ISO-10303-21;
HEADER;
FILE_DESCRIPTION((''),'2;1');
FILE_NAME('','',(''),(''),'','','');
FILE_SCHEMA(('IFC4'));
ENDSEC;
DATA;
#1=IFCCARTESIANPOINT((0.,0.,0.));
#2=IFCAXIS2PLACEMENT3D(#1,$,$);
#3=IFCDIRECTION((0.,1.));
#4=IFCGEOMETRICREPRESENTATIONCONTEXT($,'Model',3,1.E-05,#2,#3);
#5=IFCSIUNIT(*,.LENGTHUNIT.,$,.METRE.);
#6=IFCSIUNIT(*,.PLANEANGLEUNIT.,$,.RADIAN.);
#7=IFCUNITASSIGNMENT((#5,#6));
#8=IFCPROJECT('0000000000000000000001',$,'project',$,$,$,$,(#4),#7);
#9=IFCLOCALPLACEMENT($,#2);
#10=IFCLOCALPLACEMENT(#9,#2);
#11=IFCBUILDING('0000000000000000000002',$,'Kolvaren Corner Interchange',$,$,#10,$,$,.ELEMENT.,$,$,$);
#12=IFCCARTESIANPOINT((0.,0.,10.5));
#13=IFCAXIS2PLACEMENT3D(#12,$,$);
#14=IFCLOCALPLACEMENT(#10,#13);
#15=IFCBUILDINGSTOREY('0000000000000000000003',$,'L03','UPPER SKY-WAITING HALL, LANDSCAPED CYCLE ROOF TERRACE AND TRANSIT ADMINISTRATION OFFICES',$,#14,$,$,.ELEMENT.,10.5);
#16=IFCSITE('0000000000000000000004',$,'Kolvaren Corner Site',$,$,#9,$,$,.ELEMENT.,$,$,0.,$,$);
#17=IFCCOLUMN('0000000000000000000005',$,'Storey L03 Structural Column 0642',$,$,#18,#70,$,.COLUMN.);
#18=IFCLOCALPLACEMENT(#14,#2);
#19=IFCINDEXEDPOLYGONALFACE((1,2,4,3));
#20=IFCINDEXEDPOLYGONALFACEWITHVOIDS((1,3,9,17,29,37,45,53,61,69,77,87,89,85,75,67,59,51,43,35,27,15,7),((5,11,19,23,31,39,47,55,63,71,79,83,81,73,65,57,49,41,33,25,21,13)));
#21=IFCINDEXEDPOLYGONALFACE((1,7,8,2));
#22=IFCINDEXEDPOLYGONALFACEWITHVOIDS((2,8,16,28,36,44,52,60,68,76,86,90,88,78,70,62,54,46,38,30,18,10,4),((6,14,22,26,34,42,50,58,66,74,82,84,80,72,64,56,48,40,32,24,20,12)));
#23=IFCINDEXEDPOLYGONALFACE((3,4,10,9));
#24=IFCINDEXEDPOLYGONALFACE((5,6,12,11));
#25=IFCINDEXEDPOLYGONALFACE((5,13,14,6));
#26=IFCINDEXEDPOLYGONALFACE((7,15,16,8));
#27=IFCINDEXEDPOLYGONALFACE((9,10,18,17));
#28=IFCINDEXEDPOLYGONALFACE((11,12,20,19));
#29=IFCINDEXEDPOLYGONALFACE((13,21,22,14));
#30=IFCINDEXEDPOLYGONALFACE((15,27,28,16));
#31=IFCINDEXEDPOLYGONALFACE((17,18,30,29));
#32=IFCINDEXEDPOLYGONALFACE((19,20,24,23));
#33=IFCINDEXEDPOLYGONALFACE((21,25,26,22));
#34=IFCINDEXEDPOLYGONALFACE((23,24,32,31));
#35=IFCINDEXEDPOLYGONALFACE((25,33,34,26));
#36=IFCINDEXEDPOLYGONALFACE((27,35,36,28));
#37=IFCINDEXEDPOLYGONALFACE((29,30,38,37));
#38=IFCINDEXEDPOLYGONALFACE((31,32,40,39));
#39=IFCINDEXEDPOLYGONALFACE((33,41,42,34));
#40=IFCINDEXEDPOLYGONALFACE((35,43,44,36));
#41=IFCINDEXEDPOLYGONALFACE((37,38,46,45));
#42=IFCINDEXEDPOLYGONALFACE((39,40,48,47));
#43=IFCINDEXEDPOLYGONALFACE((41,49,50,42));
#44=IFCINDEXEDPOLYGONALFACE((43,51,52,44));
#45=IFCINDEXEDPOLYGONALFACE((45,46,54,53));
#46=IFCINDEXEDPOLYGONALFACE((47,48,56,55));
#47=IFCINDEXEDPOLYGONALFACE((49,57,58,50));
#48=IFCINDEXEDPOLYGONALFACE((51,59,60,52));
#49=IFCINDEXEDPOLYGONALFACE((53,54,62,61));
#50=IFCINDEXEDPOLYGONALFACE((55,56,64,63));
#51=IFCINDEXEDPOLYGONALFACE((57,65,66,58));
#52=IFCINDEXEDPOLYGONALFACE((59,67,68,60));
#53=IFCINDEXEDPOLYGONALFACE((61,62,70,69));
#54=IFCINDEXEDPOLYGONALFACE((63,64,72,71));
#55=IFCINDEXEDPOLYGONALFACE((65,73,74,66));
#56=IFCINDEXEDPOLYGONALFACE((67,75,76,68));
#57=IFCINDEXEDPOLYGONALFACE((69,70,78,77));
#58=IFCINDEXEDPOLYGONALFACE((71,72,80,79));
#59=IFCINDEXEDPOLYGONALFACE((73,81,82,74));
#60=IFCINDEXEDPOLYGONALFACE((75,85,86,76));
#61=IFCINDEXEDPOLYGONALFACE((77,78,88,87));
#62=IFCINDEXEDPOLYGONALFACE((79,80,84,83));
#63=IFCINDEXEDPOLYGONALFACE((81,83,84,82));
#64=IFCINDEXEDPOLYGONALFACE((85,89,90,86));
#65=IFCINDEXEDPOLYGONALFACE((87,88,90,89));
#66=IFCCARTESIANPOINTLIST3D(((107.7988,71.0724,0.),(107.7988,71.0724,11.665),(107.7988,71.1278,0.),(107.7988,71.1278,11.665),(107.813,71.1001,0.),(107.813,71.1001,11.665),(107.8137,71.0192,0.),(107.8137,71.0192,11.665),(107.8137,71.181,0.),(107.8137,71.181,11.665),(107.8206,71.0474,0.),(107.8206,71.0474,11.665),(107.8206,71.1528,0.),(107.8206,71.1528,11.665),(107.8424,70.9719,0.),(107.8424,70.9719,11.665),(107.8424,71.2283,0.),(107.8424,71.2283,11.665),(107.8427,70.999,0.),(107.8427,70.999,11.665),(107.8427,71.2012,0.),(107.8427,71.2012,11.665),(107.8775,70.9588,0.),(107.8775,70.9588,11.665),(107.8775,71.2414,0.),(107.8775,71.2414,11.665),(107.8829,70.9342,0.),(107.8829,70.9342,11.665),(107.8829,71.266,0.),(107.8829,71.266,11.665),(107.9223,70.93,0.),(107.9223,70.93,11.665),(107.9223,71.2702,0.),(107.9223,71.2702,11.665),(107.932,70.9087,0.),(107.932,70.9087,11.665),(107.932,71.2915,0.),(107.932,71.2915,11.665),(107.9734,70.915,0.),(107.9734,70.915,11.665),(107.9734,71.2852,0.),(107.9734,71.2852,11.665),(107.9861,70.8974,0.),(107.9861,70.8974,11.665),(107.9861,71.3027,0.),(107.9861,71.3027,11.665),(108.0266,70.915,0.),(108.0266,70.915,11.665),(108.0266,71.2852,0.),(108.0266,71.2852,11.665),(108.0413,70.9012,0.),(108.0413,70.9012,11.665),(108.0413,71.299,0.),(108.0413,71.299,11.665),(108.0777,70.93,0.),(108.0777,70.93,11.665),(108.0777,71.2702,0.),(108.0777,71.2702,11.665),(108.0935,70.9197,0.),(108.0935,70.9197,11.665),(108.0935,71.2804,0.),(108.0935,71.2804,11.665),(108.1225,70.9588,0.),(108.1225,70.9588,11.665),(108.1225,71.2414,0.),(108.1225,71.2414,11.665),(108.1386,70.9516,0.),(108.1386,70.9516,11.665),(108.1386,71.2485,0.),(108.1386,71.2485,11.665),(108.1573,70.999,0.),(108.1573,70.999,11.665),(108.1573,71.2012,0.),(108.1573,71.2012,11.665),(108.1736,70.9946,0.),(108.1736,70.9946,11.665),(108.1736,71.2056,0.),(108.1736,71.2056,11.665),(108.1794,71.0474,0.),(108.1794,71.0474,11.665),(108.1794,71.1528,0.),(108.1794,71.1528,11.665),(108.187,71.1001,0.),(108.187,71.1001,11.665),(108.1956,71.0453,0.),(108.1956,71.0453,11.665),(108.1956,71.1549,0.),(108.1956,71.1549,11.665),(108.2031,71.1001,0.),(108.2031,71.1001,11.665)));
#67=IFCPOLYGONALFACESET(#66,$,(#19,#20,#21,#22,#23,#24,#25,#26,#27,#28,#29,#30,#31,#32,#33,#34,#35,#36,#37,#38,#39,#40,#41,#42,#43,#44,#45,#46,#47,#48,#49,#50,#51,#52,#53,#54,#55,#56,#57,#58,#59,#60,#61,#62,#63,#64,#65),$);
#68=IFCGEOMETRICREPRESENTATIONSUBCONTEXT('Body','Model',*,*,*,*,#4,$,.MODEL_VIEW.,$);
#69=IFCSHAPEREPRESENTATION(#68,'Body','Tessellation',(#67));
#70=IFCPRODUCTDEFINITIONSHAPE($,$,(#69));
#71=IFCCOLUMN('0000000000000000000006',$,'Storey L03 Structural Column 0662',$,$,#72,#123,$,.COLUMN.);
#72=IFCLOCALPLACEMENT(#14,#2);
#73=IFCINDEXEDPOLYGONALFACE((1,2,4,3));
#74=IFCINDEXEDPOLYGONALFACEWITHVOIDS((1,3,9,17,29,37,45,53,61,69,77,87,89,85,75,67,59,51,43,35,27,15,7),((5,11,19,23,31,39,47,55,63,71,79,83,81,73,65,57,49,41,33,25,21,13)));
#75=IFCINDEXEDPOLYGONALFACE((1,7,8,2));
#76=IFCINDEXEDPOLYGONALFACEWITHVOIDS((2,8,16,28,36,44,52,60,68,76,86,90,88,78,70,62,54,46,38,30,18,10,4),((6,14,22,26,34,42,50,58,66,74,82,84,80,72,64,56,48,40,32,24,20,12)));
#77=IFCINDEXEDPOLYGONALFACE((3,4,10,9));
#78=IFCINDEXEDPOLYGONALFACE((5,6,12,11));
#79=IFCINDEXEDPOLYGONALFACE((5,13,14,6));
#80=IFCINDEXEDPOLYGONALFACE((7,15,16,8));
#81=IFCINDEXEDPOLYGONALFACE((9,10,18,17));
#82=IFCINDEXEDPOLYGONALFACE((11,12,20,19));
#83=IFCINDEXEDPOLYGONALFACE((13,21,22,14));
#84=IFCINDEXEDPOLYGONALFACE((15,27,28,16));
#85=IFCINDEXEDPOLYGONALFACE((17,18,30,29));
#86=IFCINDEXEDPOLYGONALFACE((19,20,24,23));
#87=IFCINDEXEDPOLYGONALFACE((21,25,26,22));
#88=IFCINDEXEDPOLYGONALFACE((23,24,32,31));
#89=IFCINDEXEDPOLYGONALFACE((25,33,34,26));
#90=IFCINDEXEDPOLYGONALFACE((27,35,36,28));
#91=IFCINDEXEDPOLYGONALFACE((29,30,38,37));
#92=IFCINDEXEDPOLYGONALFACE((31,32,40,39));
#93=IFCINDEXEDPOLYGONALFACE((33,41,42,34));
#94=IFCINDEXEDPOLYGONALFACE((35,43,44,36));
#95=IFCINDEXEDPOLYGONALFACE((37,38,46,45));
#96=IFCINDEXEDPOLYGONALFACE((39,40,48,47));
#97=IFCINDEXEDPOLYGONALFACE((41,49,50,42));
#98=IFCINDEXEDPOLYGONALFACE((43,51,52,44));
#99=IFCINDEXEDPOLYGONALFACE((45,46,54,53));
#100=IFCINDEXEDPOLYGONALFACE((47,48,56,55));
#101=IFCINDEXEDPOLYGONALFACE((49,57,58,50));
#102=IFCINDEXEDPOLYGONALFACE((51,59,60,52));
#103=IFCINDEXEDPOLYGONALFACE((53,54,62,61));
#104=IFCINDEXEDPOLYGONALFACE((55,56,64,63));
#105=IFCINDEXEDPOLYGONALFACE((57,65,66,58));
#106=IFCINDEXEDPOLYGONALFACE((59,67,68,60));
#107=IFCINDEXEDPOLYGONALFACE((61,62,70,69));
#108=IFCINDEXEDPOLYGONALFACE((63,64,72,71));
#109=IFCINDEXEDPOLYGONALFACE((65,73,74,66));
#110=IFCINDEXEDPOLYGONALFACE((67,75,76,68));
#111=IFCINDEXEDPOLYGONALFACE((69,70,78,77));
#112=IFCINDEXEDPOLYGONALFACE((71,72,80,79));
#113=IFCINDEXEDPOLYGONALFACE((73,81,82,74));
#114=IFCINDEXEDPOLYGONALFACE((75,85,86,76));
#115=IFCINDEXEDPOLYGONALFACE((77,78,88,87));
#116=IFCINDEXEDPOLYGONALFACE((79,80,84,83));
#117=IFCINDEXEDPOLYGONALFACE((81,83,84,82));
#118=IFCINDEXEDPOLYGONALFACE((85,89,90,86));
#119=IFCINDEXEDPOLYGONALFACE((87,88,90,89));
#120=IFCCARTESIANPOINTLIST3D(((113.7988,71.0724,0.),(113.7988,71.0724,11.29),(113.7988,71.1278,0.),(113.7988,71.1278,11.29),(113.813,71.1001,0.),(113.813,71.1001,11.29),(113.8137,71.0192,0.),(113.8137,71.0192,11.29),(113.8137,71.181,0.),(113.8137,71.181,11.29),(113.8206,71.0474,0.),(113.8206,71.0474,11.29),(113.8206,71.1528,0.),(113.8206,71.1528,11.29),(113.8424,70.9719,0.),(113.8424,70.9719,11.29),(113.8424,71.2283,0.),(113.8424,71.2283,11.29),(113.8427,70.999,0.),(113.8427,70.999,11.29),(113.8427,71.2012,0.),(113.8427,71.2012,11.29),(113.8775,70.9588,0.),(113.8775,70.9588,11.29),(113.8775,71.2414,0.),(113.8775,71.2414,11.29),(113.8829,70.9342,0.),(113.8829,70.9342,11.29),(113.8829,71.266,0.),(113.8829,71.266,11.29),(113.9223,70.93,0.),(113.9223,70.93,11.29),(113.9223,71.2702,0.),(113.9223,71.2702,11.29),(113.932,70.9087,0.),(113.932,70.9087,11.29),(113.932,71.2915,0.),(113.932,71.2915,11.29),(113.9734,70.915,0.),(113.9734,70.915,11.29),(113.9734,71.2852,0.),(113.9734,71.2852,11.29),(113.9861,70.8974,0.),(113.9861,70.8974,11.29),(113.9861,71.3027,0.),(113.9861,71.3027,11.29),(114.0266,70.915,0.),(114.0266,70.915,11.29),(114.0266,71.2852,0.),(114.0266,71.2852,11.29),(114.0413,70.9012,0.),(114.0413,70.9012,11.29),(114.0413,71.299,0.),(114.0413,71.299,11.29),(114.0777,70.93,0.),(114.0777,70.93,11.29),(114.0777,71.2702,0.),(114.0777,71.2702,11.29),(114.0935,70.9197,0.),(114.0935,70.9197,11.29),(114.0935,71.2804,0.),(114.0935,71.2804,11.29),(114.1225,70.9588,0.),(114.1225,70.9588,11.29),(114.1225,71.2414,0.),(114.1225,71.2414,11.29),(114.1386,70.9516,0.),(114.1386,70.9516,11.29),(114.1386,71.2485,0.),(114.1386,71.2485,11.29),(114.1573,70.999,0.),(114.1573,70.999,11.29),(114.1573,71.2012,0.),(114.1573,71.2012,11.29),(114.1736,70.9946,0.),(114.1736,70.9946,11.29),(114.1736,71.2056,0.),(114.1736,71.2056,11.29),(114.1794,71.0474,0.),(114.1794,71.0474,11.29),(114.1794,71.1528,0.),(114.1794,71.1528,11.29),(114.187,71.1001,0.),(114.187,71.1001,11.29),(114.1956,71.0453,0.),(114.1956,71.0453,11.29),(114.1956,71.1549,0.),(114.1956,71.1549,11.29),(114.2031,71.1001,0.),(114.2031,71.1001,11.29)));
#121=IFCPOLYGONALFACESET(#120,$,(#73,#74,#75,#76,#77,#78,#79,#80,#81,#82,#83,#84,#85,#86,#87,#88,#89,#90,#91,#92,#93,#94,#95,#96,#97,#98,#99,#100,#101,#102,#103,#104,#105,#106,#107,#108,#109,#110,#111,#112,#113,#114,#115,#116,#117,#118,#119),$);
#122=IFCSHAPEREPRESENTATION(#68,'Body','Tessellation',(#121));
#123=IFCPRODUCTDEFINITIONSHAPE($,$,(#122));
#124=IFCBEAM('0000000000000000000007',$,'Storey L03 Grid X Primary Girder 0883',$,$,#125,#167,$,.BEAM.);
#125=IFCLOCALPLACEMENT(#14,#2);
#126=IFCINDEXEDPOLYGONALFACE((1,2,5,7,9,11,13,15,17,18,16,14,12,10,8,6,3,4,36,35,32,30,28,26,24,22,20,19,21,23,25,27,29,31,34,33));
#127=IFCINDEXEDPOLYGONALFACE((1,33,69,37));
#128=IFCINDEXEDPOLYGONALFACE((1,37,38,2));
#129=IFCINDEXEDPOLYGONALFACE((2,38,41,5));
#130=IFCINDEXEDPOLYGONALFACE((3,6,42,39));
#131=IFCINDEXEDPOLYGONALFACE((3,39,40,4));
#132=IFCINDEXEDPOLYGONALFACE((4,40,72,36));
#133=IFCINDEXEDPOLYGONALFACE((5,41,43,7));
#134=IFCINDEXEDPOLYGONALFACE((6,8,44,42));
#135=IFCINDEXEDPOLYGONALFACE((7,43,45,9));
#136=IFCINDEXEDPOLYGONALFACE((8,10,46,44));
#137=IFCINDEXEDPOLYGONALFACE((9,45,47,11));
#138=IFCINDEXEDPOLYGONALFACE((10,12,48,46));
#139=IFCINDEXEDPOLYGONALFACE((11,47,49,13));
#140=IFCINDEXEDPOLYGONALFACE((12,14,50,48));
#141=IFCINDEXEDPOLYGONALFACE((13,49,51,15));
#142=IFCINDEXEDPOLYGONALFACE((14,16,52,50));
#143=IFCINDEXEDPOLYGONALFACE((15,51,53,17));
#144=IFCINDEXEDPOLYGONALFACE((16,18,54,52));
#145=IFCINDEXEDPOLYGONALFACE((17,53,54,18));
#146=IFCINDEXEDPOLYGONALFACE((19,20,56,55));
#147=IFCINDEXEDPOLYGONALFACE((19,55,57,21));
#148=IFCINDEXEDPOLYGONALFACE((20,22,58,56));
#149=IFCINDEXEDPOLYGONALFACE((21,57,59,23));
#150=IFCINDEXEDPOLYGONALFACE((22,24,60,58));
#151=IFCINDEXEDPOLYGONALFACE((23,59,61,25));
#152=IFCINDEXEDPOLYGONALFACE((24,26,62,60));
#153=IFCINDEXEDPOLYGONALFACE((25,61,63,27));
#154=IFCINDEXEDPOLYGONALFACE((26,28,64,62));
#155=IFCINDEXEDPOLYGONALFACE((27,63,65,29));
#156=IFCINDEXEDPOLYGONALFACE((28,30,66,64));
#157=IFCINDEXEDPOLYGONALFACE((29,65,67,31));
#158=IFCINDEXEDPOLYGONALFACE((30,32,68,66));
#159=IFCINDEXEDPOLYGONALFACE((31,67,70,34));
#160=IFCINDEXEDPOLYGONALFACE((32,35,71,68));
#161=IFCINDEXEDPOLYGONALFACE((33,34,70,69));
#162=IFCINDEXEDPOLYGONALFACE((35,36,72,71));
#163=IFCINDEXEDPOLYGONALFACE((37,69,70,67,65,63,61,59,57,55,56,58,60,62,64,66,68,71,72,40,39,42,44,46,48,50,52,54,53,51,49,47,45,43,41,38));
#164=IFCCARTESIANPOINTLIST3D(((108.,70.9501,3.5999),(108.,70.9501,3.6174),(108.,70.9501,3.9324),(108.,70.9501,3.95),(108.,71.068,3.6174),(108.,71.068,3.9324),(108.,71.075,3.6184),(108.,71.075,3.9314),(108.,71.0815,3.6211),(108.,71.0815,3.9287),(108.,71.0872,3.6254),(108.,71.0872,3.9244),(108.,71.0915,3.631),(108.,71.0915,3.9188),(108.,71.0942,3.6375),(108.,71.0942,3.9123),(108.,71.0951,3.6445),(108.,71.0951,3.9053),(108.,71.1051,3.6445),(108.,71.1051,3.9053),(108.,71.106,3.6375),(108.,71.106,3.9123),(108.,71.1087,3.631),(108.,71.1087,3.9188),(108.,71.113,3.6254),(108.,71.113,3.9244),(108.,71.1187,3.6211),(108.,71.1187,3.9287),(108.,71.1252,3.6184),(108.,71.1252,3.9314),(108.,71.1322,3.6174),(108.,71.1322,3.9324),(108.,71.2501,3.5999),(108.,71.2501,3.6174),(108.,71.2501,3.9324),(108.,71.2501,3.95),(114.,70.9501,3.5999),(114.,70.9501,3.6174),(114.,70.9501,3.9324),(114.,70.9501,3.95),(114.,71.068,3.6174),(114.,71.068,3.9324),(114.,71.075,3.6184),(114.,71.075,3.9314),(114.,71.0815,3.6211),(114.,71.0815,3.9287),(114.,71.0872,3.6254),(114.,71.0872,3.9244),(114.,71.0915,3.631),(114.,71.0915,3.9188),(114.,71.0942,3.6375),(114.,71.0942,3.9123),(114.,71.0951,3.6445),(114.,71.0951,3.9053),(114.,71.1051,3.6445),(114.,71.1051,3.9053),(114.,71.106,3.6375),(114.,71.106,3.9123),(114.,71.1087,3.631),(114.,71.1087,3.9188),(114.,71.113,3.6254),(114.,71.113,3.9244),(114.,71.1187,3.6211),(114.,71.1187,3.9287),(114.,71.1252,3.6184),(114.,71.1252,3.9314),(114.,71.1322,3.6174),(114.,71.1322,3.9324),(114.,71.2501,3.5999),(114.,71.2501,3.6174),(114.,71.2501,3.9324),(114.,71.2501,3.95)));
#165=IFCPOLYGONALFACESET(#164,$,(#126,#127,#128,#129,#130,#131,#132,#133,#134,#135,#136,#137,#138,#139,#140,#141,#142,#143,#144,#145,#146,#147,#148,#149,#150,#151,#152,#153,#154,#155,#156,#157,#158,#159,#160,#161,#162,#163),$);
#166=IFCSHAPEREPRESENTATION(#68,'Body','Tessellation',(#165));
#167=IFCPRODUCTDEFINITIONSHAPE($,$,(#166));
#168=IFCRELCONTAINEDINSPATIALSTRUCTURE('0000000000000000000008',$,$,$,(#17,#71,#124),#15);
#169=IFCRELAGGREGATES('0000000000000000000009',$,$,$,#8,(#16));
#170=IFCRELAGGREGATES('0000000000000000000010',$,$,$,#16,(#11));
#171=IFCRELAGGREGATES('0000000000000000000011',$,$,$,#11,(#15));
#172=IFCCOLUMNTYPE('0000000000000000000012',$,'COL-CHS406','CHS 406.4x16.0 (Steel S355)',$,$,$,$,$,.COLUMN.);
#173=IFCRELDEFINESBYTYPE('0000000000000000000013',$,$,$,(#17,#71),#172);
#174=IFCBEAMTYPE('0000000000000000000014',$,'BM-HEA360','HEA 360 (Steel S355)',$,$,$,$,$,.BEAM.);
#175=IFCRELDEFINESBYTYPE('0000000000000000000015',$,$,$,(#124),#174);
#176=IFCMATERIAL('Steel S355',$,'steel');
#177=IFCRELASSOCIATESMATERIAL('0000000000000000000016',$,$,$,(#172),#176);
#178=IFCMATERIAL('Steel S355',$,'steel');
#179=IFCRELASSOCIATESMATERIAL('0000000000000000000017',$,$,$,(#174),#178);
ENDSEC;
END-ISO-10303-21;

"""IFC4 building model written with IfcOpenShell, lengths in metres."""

from ifc_helpers import new_model, si_unit, direction, frame, origin, origin_2d, place, context, subcontext, project, spatial, hollow_circle, i_section, extrude, material, material_profile, profile_set, type_object, element, save


model = new_model("IFC4")

# Units and contexts
model_context = context("Model", 3, precision=1e-05, world=origin(), true_north=direction((0.0, 1.0)))
body_context = subcontext(model_context, "Body", "Model", "MODEL_VIEW")
ifc_project = project(units=[si_unit("LENGTHUNIT", "METRE"), si_unit("PLANEANGLEUNIT", "RADIAN")], contexts=[model_context])

# Site, building, storey
site_placement = place(None, origin())
site = spatial("IfcSite", under=ifc_project, at=site_placement, Name="Kolvaren Corner Site", CompositionType="ELEMENT", RefElevation=0.0)
building_placement = place(site_placement, origin())
building = spatial("IfcBuilding", under=site, at=building_placement, Name="Kolvaren Corner Interchange", CompositionType="ELEMENT")
storey_placement = place(building_placement, frame((0.0, 0.0, 10.5)))
storey = spatial("IfcBuildingStorey", under=building, at=storey_placement, Name="L03", Description="UPPER SKY-WAITING HALL, LANDSCAPED CYCLE ROOF TERRACE AND TRANSIT ADMINISTRATION OFFICES", CompositionType="ELEMENT", Elevation=10.5)

# Columns
ifc_material_1 = material(Name="Steel S355", Category="steel")
ifc_material_profile_1 = material_profile(ifc_material_1, hollow_circle(Radius=0.2031, WallThickness=0.0161, at=origin_2d()), Name="CHS 406.4x16.0")
ifc_profile_set_1 = profile_set([ifc_material_profile_1], Name="Steel S355")
column_type = type_object("IfcColumnType", Name="COL-CHS406", Description="CHS 406.4x16.0 (Steel S355)", PredefinedType="COLUMN", material=ifc_profile_set_1)
column_1_placement = place(storey_placement, frame((108.0, 71.1001, 0.0), z_axis=(0.0, 0.0, 1.0), x_axis=(1.0, 0.0, 0.0)))
element("IfcColumn", 1, at=column_1_placement, inside=storey, type_object=column_type, Name="Storey L03 Structural Column 0642", PredefinedType="COLUMN", context=body_context, shape_type="SweptSolid", body=[
    extrude(hollow_circle(Radius=0.2031, WallThickness=0.0161, at=origin_2d()), origin(), (0.0, 0.0, 1.0), 11.665),
])
column_2_placement = place(storey_placement, frame((114.0, 71.1001, 0.0), z_axis=(0.0, 0.0, 1.0), x_axis=(1.0, 0.0, 0.0)))
element("IfcColumn", 2, at=column_2_placement, inside=storey, type_object=column_type, Name="Storey L03 Structural Column 0662", PredefinedType="COLUMN", context=body_context, shape_type="SweptSolid", body=[
    extrude(hollow_circle(Radius=0.2031, WallThickness=0.0161, at=origin_2d()), origin(), (0.0, 0.0, 1.0), 11.29),
])

# Beam
ifc_material_2 = material(Name="Steel S355", Category="steel")
ifc_material_profile_2 = material_profile(ifc_material_2, i_section(OverallWidth=0.3, OverallDepth=0.3501, WebThickness=0.01, FlangeThickness=0.0176, FilletRadius=0.0271, at=origin_2d()), Name="HEA 360")
ifc_profile_set_2 = profile_set([ifc_material_profile_2], Name="Steel S355")
beam_type_1 = type_object("IfcBeamType", Name="BM-HEA360", Description="HEA 360 (Steel S355)", PredefinedType="BEAM", material=ifc_profile_set_2)
for number, where, z_axis, x_axis, name in (
    (3, (108.0, 71.1001, 3.7749), (1.0, 0.0, 0.0), (0.0, 1.0, 0.0), "Storey L03 Grid X Primary Girder 0883"),
):
    element("IfcBeam", number, at=place(storey_placement, frame(where, z_axis=z_axis, x_axis=x_axis)), inside=storey, type_object=beam_type_1, Name=name, PredefinedType="BEAM", context=body_context, shape_type="SweptSolid", body=[
        extrude(i_section(OverallWidth=0.3, OverallDepth=0.3501, WebThickness=0.01, FlangeThickness=0.0176, FilletRadius=0.0271, at=origin_2d()), origin(), (0.0, 0.0, 1.0), 6.0),
    ])

save(model, "model.ifc")
